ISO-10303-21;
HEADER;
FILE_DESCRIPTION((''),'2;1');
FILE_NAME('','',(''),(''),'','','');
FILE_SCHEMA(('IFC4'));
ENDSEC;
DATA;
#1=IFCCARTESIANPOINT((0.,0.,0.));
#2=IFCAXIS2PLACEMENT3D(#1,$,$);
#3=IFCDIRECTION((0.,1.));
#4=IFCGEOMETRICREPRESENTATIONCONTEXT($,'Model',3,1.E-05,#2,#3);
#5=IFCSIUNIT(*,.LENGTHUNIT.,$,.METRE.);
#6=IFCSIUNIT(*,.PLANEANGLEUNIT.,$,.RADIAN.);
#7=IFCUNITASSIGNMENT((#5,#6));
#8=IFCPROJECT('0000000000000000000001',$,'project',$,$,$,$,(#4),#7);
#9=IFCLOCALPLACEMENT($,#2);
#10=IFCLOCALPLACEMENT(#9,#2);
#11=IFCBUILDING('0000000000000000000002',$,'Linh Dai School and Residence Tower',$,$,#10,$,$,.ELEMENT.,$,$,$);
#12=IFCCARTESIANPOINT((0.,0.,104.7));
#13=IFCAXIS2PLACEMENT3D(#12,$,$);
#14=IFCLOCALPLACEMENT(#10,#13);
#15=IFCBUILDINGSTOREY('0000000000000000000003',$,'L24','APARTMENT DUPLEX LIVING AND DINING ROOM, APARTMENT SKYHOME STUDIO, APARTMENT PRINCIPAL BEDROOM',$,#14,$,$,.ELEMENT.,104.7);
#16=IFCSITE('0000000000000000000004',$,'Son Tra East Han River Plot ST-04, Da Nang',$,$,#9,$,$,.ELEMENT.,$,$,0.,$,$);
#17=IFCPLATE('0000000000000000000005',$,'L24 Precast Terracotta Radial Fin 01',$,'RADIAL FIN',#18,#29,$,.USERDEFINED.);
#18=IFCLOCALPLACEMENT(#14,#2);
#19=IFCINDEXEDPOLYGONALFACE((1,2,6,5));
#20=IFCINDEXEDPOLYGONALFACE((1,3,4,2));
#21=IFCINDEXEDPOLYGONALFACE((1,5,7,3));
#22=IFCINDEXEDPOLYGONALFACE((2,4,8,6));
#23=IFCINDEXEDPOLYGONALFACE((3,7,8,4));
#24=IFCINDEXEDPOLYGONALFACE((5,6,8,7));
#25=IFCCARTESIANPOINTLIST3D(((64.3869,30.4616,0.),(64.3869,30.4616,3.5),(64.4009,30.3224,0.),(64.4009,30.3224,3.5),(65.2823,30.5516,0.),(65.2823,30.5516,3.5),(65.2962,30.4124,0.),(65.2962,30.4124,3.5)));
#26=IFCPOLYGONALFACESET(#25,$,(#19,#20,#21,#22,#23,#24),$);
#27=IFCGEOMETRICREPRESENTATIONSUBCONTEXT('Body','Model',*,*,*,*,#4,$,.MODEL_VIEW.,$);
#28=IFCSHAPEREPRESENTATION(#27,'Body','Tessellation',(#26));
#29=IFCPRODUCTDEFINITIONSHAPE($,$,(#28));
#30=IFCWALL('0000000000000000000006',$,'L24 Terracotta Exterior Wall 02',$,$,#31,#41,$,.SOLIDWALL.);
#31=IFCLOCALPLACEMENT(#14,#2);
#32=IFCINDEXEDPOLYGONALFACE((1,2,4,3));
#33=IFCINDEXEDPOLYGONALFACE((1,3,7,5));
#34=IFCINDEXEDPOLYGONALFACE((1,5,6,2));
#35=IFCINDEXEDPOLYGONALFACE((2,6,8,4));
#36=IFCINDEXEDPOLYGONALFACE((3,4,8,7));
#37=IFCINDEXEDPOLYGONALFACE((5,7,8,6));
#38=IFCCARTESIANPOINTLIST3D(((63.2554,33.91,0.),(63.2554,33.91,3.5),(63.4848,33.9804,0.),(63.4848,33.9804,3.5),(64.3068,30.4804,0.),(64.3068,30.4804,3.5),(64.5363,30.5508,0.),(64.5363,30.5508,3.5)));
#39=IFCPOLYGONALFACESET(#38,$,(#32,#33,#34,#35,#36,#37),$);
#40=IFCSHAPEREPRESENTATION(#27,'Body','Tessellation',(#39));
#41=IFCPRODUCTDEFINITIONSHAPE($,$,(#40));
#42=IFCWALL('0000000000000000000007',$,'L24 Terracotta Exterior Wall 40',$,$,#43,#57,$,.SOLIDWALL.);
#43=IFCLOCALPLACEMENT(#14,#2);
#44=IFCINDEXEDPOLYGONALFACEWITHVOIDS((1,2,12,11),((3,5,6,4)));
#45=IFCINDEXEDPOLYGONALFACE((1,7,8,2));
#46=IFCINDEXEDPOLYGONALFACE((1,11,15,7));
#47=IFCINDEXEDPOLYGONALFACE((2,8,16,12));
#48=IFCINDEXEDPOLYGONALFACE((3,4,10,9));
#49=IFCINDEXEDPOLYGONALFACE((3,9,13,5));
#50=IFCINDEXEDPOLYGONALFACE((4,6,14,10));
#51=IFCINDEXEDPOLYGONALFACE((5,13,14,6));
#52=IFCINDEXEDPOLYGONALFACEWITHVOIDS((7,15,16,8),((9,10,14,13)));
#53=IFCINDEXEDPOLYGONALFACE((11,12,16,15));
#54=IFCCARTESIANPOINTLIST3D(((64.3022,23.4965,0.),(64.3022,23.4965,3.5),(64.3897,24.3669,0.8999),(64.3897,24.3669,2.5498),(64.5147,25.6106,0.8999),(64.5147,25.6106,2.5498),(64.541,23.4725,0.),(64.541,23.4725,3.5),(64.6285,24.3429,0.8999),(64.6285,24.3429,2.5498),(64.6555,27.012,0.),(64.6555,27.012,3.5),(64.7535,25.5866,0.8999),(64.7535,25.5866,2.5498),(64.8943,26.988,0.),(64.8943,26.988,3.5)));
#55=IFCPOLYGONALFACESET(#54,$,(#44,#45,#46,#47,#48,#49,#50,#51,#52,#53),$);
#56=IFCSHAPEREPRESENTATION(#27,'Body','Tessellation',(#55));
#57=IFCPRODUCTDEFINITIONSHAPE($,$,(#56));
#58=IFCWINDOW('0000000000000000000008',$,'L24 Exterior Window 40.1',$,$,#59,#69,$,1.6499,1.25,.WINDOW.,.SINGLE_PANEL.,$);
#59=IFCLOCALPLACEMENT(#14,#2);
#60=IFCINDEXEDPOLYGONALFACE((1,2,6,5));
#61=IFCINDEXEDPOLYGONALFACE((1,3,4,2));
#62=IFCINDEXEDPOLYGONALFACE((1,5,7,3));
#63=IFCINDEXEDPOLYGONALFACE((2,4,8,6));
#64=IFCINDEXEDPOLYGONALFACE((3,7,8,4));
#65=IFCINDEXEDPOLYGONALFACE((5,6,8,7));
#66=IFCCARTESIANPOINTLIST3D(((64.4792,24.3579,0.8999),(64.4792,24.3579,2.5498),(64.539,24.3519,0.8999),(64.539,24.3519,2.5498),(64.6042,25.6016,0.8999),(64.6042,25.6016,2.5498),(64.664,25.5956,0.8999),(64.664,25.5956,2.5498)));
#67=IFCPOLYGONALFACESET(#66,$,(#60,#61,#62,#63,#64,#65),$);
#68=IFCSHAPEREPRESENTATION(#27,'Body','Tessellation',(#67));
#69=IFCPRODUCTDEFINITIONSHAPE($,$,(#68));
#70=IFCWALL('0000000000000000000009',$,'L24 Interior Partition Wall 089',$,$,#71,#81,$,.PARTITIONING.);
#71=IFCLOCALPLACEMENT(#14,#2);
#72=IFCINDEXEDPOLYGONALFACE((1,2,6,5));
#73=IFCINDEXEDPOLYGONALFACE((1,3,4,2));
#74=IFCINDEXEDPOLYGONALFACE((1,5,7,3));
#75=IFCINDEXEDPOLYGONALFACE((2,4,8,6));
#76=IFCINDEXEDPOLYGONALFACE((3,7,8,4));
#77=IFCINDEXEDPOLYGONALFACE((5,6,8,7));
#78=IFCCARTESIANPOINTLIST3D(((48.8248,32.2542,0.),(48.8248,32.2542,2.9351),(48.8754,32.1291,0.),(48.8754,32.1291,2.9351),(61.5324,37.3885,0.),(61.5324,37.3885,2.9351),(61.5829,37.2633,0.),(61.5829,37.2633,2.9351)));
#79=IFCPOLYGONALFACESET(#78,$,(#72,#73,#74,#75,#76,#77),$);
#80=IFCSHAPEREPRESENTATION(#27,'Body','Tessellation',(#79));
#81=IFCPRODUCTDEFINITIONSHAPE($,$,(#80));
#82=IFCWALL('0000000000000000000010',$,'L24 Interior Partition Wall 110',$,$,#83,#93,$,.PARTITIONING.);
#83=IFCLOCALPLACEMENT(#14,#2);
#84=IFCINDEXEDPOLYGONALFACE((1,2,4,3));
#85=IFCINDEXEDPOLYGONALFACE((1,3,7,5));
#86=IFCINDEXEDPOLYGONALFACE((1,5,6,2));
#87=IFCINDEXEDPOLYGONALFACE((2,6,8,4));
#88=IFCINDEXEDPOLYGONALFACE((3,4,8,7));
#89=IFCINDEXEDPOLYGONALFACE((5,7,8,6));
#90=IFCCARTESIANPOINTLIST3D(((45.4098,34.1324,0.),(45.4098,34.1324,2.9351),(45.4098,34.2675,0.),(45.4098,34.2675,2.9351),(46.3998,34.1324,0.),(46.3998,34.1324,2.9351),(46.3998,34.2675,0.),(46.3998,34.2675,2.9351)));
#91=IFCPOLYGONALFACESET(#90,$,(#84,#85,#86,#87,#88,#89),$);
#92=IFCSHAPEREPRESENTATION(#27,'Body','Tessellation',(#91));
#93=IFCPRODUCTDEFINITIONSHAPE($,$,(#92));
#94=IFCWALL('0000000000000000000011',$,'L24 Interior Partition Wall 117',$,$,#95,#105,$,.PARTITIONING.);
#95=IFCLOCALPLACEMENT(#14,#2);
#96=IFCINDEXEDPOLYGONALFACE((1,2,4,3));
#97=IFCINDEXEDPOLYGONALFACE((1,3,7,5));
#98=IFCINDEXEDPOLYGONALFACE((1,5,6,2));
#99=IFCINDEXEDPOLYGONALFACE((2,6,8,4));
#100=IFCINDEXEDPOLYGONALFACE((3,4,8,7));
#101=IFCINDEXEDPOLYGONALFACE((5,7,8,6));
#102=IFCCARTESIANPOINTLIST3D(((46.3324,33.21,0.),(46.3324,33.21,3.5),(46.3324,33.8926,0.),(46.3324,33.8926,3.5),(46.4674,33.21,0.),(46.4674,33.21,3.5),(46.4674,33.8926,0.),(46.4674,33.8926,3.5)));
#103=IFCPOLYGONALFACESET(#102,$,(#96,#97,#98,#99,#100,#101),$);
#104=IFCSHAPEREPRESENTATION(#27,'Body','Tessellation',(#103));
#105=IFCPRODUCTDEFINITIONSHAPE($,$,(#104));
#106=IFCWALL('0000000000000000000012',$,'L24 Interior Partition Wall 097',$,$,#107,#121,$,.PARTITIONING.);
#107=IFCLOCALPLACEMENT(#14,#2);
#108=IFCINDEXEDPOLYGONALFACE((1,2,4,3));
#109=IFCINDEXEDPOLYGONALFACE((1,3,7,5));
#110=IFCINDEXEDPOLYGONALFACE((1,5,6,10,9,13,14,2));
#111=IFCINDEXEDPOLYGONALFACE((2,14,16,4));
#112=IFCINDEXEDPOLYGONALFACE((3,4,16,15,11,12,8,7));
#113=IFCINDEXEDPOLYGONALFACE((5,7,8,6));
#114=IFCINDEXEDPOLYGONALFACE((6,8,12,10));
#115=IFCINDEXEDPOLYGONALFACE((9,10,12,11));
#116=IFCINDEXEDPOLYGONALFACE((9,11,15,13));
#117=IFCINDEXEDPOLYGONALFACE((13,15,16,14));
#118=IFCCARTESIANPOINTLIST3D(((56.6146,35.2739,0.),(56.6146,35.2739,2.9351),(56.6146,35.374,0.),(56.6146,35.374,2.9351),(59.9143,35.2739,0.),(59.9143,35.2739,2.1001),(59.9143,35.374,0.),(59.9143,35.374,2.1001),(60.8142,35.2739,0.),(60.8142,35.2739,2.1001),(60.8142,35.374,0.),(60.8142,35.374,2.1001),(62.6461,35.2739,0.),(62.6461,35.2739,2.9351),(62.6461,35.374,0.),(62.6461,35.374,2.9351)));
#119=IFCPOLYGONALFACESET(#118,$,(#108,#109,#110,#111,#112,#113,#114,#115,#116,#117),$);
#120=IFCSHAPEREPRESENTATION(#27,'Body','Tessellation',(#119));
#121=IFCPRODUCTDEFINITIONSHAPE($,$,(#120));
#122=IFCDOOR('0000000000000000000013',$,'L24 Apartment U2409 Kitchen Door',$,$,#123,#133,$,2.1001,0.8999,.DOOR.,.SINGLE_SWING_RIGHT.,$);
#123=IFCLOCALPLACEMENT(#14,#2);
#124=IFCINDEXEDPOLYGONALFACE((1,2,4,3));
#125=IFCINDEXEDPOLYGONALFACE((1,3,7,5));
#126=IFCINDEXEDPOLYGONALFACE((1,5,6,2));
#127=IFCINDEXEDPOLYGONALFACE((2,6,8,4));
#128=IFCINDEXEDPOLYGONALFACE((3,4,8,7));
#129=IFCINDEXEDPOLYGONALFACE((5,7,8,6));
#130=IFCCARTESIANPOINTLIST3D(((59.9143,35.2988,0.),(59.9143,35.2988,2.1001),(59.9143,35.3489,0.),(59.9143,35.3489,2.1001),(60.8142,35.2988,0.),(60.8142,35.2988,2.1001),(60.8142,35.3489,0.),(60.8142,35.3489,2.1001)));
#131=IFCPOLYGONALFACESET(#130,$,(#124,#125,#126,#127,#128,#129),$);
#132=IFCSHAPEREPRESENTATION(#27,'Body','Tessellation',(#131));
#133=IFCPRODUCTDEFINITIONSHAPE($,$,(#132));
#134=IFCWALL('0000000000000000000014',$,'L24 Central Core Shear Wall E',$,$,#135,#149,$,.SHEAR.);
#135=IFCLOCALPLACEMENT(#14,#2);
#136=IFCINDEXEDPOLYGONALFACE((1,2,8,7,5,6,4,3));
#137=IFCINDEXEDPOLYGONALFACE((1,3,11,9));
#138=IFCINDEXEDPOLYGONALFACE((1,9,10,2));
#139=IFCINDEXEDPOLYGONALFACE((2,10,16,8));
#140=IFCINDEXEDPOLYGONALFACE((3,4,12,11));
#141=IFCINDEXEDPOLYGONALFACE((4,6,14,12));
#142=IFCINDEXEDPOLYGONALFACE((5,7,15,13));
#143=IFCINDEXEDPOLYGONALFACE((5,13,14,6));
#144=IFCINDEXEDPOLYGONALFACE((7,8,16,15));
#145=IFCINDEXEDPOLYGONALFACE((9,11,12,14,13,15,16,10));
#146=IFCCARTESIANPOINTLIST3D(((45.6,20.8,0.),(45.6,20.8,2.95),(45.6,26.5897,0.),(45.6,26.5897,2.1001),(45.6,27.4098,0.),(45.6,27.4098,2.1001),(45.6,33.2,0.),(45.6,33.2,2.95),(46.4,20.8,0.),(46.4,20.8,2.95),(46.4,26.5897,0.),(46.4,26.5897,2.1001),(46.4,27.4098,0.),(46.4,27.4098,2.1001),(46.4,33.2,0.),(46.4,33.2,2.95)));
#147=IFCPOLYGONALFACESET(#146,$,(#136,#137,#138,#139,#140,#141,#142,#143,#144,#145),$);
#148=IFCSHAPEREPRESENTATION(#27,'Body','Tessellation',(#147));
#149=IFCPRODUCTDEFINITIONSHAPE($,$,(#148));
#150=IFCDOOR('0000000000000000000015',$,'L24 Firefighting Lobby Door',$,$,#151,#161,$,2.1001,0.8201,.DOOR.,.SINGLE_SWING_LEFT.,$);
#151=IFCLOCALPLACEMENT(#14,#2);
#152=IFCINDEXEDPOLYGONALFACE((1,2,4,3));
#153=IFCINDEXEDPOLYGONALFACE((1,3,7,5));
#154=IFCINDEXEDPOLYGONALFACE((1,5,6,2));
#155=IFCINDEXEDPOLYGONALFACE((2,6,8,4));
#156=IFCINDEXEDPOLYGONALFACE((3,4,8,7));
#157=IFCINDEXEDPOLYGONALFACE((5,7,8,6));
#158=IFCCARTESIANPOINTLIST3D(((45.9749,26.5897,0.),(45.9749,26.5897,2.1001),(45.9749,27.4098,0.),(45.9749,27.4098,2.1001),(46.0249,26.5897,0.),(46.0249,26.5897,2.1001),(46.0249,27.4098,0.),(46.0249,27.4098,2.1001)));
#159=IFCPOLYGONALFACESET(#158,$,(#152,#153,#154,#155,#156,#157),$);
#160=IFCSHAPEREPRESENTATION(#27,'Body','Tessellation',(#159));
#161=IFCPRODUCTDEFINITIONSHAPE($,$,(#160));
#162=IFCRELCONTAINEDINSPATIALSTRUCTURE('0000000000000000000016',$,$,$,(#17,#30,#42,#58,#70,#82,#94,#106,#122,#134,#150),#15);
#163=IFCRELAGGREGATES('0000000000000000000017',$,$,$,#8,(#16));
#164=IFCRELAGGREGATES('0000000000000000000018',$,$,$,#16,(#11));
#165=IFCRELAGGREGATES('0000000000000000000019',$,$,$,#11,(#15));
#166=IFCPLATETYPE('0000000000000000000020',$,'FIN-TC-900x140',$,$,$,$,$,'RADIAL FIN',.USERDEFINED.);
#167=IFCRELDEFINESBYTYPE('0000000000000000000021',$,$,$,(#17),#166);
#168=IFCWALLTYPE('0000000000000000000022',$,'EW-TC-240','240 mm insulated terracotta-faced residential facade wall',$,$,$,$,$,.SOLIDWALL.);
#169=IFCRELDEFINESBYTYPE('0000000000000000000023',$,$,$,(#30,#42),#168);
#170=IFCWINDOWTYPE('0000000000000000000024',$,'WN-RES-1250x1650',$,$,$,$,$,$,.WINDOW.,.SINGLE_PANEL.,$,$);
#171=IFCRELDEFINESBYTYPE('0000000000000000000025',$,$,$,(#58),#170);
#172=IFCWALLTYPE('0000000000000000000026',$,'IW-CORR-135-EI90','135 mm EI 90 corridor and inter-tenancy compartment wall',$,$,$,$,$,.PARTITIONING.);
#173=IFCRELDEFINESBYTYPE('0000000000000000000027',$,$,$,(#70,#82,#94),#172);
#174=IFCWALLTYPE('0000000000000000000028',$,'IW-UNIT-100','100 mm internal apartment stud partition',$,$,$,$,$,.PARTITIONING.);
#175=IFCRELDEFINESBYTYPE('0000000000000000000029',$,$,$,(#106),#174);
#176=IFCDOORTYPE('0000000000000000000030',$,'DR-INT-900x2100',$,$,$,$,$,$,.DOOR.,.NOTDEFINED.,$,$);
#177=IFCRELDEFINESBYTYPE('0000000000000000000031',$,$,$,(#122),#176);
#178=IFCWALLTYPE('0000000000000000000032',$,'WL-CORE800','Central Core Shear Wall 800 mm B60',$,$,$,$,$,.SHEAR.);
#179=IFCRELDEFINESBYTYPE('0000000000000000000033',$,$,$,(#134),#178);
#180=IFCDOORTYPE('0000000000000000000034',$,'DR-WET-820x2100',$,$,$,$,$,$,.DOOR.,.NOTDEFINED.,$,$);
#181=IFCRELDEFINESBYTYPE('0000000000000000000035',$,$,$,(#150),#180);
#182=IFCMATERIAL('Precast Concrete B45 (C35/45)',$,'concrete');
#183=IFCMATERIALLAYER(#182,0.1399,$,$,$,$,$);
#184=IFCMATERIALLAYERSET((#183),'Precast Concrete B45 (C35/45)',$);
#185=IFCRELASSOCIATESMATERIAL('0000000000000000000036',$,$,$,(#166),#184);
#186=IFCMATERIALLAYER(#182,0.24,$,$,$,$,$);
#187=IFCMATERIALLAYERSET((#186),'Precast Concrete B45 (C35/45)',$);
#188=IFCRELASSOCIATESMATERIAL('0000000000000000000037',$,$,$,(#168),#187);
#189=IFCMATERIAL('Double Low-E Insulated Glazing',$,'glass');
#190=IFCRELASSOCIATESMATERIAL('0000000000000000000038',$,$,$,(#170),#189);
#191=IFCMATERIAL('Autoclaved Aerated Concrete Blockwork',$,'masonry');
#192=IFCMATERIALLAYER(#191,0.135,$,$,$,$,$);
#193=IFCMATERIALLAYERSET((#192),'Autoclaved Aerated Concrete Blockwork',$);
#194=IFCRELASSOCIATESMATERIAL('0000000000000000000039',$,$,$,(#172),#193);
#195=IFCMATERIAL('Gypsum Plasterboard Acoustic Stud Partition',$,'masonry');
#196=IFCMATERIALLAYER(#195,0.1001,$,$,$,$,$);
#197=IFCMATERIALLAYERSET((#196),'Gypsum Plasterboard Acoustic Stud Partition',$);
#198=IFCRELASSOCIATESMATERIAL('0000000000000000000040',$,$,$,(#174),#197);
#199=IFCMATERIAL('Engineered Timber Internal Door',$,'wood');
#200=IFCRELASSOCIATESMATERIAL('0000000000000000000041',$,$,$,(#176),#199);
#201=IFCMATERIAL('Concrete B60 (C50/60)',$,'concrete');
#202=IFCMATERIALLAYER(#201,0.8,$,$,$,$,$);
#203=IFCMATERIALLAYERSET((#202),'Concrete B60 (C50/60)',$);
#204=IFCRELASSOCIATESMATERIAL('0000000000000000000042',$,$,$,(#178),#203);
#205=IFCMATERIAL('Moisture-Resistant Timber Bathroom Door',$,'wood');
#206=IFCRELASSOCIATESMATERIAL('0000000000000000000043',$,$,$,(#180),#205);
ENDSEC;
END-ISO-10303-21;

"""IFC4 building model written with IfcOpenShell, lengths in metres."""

from ifc_helpers import new_model, si_unit, direction, frame, frame_2d, origin, origin_2d, place, context, subcontext, project, spatial, rectangle, extrude, source, transform, mapped, material, layer, layer_set, type_object, element, fill, save


model = new_model("IFC4")

# Units and contexts
model_context = context("Model", 3, precision=1e-05, world=origin(), true_north=direction((0.0, 1.0)))
body_context = subcontext(model_context, "Body", "Model", "MODEL_VIEW")
ifc_project = project(units=[si_unit("LENGTHUNIT", "METRE"), si_unit("PLANEANGLEUNIT", "RADIAN")], contexts=[model_context])

# Site, building, storey
site_placement = place(None, origin())
site = spatial("IfcSite", under=ifc_project, at=site_placement, Name="Son Tra East Han River Plot ST-04, Da Nang", CompositionType="ELEMENT", RefElevation=0.0)
building_placement = place(site_placement, origin())
building = spatial("IfcBuilding", under=site, at=building_placement, Name="Linh Dai School and Residence Tower", CompositionType="ELEMENT")
storey_placement = place(building_placement, frame((0.0, 0.0, 104.7)))
storey = spatial("IfcBuildingStorey", under=building, at=storey_placement, Name="L24", Description="APARTMENT DUPLEX LIVING AND DINING ROOM, APARTMENT SKYHOME STUDIO, APARTMENT PRINCIPAL BEDROOM", CompositionType="ELEMENT", Elevation=104.7)

# Shared definitions
ifc_material_1 = material(Name="Concrete B60 (C50/60)", Category="concrete")

# Plate
ifc_material_2 = material(Name="Precast Concrete B45 (C35/45)", Category="concrete")
ifc_layer_1 = layer(ifc_material_2, 0.1399)
ifc_layer_set_1 = layer_set([ifc_layer_1], Name="Precast Concrete B45 (C35/45)")
plate_type = type_object("IfcPlateType", Name="FIN-TC-900x140", ElementType="RADIAL FIN", PredefinedType="USERDEFINED", material=ifc_layer_set_1)
shared_shape_1 = source(origin(), body_context, "Body", "SweptSolid", [
    extrude(rectangle(XDim=0.8999, YDim=0.1399, at=origin_2d()), origin(), (0.0, 0.0, 1.0), 3.5),
])
plate_placement = place(storey_placement, frame((64.8416, 30.437, 0.0), z_axis=(0.0, 0.0, 1.0), x_axis=(0.994987, 0.100007, 0.0)))
element("IfcPlate", 1, at=plate_placement, inside=storey, type_object=plate_type, Name="L24 Precast Terracotta Radial Fin 01", ObjectType="RADIAL FIN", PredefinedType="USERDEFINED", context=body_context, shape_type="MappedRepresentation", body=[
    mapped(shared_shape_1, transform((0.0, 0.0, 0.0), x_axis=(1.0, 0.0, 0.0), y_axis=(0.0, 1.0, 0.0), z_axis=(0.0, 0.0, 1.0), scale=1.0)),
])

# Shared definitions
ifc_layer_2 = layer(ifc_material_2, 0.24)
ifc_layer_set_2 = layer_set([ifc_layer_2], Name="Precast Concrete B45 (C35/45)")
wall_type_1 = type_object("IfcWallType", Name="EW-TC-240", Description="240 mm insulated terracotta-faced residential facade wall", PredefinedType="SOLIDWALL", material=ifc_layer_set_2)

# Wall
wall_1_placement = place(storey_placement, frame((63.3701, 33.9451, 0.0), z_axis=(0.0, 0.0, 1.0), x_axis=(0.293124, -0.956074, 0.0)))
element("IfcWall", 2, at=wall_1_placement, inside=storey, type_object=wall_type_1, Name="L24 Terracotta Exterior Wall 02", PredefinedType="SOLIDWALL", context=body_context, shape_type="SweptSolid", body=[
    extrude(rectangle(XDim=3.5872, YDim=0.24, at=frame_2d((1.7935, 0.0))), origin(), (0.0, 0.0, 1.0), 3.5),
])

# Wall, opening, window
wall_2_placement = place(storey_placement, frame((64.7749, 27.0, 0.0), z_axis=(0.0, 0.0, 1.0), x_axis=(-0.099989, -0.994988, 0.0)))
wall_2 = element("IfcWall", 3, at=wall_2_placement, inside=storey, type_object=wall_type_1, Name="L24 Terracotta Exterior Wall 40", PredefinedType="SOLIDWALL", context=body_context, shape_type="SweptSolid", body=[
    extrude(rectangle(XDim=3.5332, YDim=0.24, at=frame_2d((1.7666, 0.0))), origin(), (0.0, 0.0, 1.0), 3.5),
])
opening_1_placement = place(wall_2_placement, frame((1.4084, 0.0, 0.8999)))
opening_1 = element("IfcOpeningElement", 4, at=opening_1_placement, cuts=wall_2, PredefinedType="OPENING", context=body_context, shape_type="SweptSolid", body=[
    extrude(rectangle(XDim=1.25, YDim=1.6499, at=origin_2d()), frame((0.625, 0.1299, 0.825), z_axis=(0.0, -1.0, 0.0), x_axis=(1.0, 0.0, 0.0)), (0.0, 0.0, 1.0), 0.26),
])
ifc_material_3 = material(Name="Double Low-E Insulated Glazing", Category="glass")
window_type = type_object("IfcWindowType", Name="WN-RES-1250x1650", PartitioningType="SINGLE_PANEL", PredefinedType="WINDOW", material=ifc_material_3)
shared_shape_2 = source(origin(), body_context, "Body", "SweptSolid", [
    extrude(rectangle(XDim=1.25, YDim=1.6499, at=origin_2d()), frame((0.625, 0.03, 0.825), z_axis=(0.0, -1.0, 0.0), x_axis=(1.0, 0.0, 0.0)), (0.0, 0.0, 1.0), 0.0601),
])
window_placement = place(opening_1_placement, origin())
window = element("IfcWindow", 5, at=window_placement, inside=storey, type_object=window_type, Name="L24 Exterior Window 40.1", OverallHeight=1.6499, OverallWidth=1.25, PartitioningType="SINGLE_PANEL", PredefinedType="WINDOW", context=body_context, shape_type="MappedRepresentation", body=[
    mapped(shared_shape_2, transform((0.0, 0.0, 0.0), x_axis=(1.0, 0.0, 0.0), y_axis=(0.0, 1.0, 0.0), z_axis=(0.0, 0.0, 1.0), scale=1.0)),
])
fill(opening_1, window)

# Walls
ifc_material_4 = material(Name="Autoclaved Aerated Concrete Blockwork", Category="masonry")
ifc_layer_3 = layer(ifc_material_4, 0.135)
ifc_layer_set_3 = layer_set([ifc_layer_3], Name="Autoclaved Aerated Concrete Blockwork")
wall_type_2 = type_object("IfcWallType", Name="IW-CORR-135-EI90", Description="135 mm EI 90 corridor and inter-tenancy compartment wall", PredefinedType="PARTITIONING", material=ifc_layer_set_3)
wall_3_placement = place(storey_placement, frame((48.8501, 32.1917, 0.0), z_axis=(0.0, 0.0, 1.0), x_axis=(0.927181, 0.374613, 0.0)))
element("IfcWall", 6, at=wall_3_placement, inside=storey, type_object=wall_type_2, Name="L24 Interior Partition Wall 089", PredefinedType="PARTITIONING", context=body_context, shape_type="SweptSolid", body=[
    extrude(rectangle(XDim=13.7056, YDim=0.135, at=frame_2d((6.8528, 0.0))), origin(), (0.0, 0.0, 1.0), 2.9351),
])
wall_4_placement = place(storey_placement, frame((46.3999, 34.2, 0.0), z_axis=(0.0, 0.0, 1.0), x_axis=(-1.0, 0.0, 0.0)))
element("IfcWall", 7, at=wall_4_placement, inside=storey, type_object=wall_type_2, Name="L24 Interior Partition Wall 110", PredefinedType="PARTITIONING", context=body_context, shape_type="SweptSolid", body=[
    extrude(rectangle(XDim=0.99, YDim=0.135, at=frame_2d((0.4951, 0.0))), origin(), (0.0, 0.0, 1.0), 2.9351),
])
wall_5_placement = place(storey_placement, frame((46.3999, 33.21, 0.0), z_axis=(0.0, 0.0, 1.0), x_axis=(0.0, 1.0, 0.0)))
element("IfcWall", 8, at=wall_5_placement, inside=storey, type_object=wall_type_2, Name="L24 Interior Partition Wall 117", PredefinedType="PARTITIONING", context=body_context, shape_type="SweptSolid", body=[
    extrude(rectangle(XDim=0.6826, YDim=0.135, at=frame_2d((0.3413, 0.0))), origin(), (0.0, 0.0, 1.0), 3.5),
])

# Walls, openings, doors
ifc_material_5 = material(Name="Gypsum Plasterboard Acoustic Stud Partition", Category="masonry")
ifc_layer_4 = layer(ifc_material_5, 0.1001)
ifc_layer_set_4 = layer_set([ifc_layer_4], Name="Gypsum Plasterboard Acoustic Stud Partition")
wall_type_3 = type_object("IfcWallType", Name="IW-UNIT-100", Description="100 mm internal apartment stud partition", PredefinedType="PARTITIONING", material=ifc_layer_set_4)
wall_6_placement = place(storey_placement, frame((56.6147, 35.324, 0.0), z_axis=(0.0, 0.0, 1.0), x_axis=(1.0, 0.0, 0.0)))
wall_6 = element("IfcWall", 9, at=wall_6_placement, inside=storey, type_object=wall_type_3, Name="L24 Interior Partition Wall 097", PredefinedType="PARTITIONING", context=body_context, shape_type="SweptSolid", body=[
    extrude(rectangle(XDim=6.0315, YDim=0.1001, at=frame_2d((3.0156, 0.0))), origin(), (0.0, 0.0, 1.0), 2.9351),
])
opening_2_placement = place(wall_6_placement, frame((3.2996, 0.0, 0.0)))
opening_2 = element("IfcOpeningElement", 10, at=opening_2_placement, cuts=wall_6, PredefinedType="OPENING", context=body_context, shape_type="SweptSolid", body=[
    extrude(rectangle(XDim=0.8999, YDim=2.1001, at=origin_2d()), frame((0.45, 0.0601, 1.05), z_axis=(0.0, -1.0, 0.0), x_axis=(1.0, 0.0, 0.0)), (0.0, 0.0, 1.0), 0.1201),
])
ifc_material_6 = material(Name="Engineered Timber Internal Door", Category="wood")
door_type_1 = type_object("IfcDoorType", Name="DR-INT-900x2100", OperationType="NOTDEFINED", PredefinedType="DOOR", material=ifc_material_6)
shared_shape_3 = source(origin(), body_context, "Body", "SweptSolid", [
    extrude(rectangle(XDim=0.8999, YDim=2.1001, at=origin_2d()), frame((0.45, 0.0249, 1.05), z_axis=(0.0, -1.0, 0.0), x_axis=(1.0, 0.0, 0.0)), (0.0, 0.0, 1.0), 0.05),
])
door_1_placement = place(opening_2_placement, origin())
door_1 = element("IfcDoor", 11, at=door_1_placement, inside=storey, type_object=door_type_1, Name="L24 Apartment U2409 Kitchen Door", OperationType="SINGLE_SWING_RIGHT", OverallHeight=2.1001, OverallWidth=0.8999, PredefinedType="DOOR", context=body_context, shape_type="MappedRepresentation", body=[
    mapped(shared_shape_3, transform((0.0, 0.0, 0.0), x_axis=(1.0, 0.0, 0.0), y_axis=(0.0, 1.0, 0.0), z_axis=(0.0, 0.0, 1.0), scale=1.0)),
])
fill(opening_2, door_1)
ifc_layer_5 = layer(ifc_material_1, 0.8)
ifc_layer_set_5 = layer_set([ifc_layer_5], Name="Concrete B60 (C50/60)")
wall_type_4 = type_object("IfcWallType", Name="WL-CORE800", Description="Central Core Shear Wall 800 mm B60", PredefinedType="SHEAR", material=ifc_layer_set_5)
wall_7_placement = place(storey_placement, frame((46.0, 33.2, 0.0), z_axis=(0.0, 0.0, 1.0), x_axis=(0.0, -1.0, 0.0)))
wall_7 = element("IfcWall", 12, at=wall_7_placement, inside=storey, type_object=wall_type_4, Name="L24 Central Core Shear Wall E", PredefinedType="SHEAR", context=body_context, shape_type="SweptSolid", body=[
    extrude(rectangle(XDim=12.3999, YDim=0.8, at=frame_2d((6.2, 0.0))), origin(), (0.0, 0.0, 1.0), 2.95),
])
opening_3_placement = place(wall_7_placement, frame((5.79, 0.0, 0.0)))
opening_3 = element("IfcOpeningElement", 13, at=opening_3_placement, cuts=wall_7, PredefinedType="OPENING", context=body_context, shape_type="SweptSolid", body=[
    extrude(rectangle(XDim=0.8201, YDim=2.1001, at=origin_2d()), frame((0.4102, 0.4102, 1.05), z_axis=(0.0, -1.0, 0.0), x_axis=(1.0, 0.0, 0.0)), (0.0, 0.0, 1.0), 0.8201),
])
ifc_material_7 = material(Name="Moisture-Resistant Timber Bathroom Door", Category="wood")
door_type_2 = type_object("IfcDoorType", Name="DR-WET-820x2100", OperationType="NOTDEFINED", PredefinedType="DOOR", material=ifc_material_7)
shared_shape_4 = source(origin(), body_context, "Body", "SweptSolid", [
    extrude(rectangle(XDim=0.8201, YDim=2.1001, at=origin_2d()), frame((0.4102, 0.0249, 1.05), z_axis=(0.0, -1.0, 0.0), x_axis=(1.0, 0.0, 0.0)), (0.0, 0.0, 1.0), 0.05),
])
door_2_placement = place(opening_3_placement, origin())
door_2 = element("IfcDoor", 14, at=door_2_placement, inside=storey, type_object=door_type_2, Name="L24 Firefighting Lobby Door", OperationType="SINGLE_SWING_LEFT", OverallHeight=2.1001, OverallWidth=0.8201, PredefinedType="DOOR", context=body_context, shape_type="MappedRepresentation", body=[
    mapped(shared_shape_4, transform((0.0, 0.0, 0.0), x_axis=(1.0, 0.0, 0.0), y_axis=(0.0, 1.0, 0.0), z_axis=(0.0, 0.0, 1.0), scale=1.0)),
])
fill(opening_3, door_2)

save(model, "model.ifc")
